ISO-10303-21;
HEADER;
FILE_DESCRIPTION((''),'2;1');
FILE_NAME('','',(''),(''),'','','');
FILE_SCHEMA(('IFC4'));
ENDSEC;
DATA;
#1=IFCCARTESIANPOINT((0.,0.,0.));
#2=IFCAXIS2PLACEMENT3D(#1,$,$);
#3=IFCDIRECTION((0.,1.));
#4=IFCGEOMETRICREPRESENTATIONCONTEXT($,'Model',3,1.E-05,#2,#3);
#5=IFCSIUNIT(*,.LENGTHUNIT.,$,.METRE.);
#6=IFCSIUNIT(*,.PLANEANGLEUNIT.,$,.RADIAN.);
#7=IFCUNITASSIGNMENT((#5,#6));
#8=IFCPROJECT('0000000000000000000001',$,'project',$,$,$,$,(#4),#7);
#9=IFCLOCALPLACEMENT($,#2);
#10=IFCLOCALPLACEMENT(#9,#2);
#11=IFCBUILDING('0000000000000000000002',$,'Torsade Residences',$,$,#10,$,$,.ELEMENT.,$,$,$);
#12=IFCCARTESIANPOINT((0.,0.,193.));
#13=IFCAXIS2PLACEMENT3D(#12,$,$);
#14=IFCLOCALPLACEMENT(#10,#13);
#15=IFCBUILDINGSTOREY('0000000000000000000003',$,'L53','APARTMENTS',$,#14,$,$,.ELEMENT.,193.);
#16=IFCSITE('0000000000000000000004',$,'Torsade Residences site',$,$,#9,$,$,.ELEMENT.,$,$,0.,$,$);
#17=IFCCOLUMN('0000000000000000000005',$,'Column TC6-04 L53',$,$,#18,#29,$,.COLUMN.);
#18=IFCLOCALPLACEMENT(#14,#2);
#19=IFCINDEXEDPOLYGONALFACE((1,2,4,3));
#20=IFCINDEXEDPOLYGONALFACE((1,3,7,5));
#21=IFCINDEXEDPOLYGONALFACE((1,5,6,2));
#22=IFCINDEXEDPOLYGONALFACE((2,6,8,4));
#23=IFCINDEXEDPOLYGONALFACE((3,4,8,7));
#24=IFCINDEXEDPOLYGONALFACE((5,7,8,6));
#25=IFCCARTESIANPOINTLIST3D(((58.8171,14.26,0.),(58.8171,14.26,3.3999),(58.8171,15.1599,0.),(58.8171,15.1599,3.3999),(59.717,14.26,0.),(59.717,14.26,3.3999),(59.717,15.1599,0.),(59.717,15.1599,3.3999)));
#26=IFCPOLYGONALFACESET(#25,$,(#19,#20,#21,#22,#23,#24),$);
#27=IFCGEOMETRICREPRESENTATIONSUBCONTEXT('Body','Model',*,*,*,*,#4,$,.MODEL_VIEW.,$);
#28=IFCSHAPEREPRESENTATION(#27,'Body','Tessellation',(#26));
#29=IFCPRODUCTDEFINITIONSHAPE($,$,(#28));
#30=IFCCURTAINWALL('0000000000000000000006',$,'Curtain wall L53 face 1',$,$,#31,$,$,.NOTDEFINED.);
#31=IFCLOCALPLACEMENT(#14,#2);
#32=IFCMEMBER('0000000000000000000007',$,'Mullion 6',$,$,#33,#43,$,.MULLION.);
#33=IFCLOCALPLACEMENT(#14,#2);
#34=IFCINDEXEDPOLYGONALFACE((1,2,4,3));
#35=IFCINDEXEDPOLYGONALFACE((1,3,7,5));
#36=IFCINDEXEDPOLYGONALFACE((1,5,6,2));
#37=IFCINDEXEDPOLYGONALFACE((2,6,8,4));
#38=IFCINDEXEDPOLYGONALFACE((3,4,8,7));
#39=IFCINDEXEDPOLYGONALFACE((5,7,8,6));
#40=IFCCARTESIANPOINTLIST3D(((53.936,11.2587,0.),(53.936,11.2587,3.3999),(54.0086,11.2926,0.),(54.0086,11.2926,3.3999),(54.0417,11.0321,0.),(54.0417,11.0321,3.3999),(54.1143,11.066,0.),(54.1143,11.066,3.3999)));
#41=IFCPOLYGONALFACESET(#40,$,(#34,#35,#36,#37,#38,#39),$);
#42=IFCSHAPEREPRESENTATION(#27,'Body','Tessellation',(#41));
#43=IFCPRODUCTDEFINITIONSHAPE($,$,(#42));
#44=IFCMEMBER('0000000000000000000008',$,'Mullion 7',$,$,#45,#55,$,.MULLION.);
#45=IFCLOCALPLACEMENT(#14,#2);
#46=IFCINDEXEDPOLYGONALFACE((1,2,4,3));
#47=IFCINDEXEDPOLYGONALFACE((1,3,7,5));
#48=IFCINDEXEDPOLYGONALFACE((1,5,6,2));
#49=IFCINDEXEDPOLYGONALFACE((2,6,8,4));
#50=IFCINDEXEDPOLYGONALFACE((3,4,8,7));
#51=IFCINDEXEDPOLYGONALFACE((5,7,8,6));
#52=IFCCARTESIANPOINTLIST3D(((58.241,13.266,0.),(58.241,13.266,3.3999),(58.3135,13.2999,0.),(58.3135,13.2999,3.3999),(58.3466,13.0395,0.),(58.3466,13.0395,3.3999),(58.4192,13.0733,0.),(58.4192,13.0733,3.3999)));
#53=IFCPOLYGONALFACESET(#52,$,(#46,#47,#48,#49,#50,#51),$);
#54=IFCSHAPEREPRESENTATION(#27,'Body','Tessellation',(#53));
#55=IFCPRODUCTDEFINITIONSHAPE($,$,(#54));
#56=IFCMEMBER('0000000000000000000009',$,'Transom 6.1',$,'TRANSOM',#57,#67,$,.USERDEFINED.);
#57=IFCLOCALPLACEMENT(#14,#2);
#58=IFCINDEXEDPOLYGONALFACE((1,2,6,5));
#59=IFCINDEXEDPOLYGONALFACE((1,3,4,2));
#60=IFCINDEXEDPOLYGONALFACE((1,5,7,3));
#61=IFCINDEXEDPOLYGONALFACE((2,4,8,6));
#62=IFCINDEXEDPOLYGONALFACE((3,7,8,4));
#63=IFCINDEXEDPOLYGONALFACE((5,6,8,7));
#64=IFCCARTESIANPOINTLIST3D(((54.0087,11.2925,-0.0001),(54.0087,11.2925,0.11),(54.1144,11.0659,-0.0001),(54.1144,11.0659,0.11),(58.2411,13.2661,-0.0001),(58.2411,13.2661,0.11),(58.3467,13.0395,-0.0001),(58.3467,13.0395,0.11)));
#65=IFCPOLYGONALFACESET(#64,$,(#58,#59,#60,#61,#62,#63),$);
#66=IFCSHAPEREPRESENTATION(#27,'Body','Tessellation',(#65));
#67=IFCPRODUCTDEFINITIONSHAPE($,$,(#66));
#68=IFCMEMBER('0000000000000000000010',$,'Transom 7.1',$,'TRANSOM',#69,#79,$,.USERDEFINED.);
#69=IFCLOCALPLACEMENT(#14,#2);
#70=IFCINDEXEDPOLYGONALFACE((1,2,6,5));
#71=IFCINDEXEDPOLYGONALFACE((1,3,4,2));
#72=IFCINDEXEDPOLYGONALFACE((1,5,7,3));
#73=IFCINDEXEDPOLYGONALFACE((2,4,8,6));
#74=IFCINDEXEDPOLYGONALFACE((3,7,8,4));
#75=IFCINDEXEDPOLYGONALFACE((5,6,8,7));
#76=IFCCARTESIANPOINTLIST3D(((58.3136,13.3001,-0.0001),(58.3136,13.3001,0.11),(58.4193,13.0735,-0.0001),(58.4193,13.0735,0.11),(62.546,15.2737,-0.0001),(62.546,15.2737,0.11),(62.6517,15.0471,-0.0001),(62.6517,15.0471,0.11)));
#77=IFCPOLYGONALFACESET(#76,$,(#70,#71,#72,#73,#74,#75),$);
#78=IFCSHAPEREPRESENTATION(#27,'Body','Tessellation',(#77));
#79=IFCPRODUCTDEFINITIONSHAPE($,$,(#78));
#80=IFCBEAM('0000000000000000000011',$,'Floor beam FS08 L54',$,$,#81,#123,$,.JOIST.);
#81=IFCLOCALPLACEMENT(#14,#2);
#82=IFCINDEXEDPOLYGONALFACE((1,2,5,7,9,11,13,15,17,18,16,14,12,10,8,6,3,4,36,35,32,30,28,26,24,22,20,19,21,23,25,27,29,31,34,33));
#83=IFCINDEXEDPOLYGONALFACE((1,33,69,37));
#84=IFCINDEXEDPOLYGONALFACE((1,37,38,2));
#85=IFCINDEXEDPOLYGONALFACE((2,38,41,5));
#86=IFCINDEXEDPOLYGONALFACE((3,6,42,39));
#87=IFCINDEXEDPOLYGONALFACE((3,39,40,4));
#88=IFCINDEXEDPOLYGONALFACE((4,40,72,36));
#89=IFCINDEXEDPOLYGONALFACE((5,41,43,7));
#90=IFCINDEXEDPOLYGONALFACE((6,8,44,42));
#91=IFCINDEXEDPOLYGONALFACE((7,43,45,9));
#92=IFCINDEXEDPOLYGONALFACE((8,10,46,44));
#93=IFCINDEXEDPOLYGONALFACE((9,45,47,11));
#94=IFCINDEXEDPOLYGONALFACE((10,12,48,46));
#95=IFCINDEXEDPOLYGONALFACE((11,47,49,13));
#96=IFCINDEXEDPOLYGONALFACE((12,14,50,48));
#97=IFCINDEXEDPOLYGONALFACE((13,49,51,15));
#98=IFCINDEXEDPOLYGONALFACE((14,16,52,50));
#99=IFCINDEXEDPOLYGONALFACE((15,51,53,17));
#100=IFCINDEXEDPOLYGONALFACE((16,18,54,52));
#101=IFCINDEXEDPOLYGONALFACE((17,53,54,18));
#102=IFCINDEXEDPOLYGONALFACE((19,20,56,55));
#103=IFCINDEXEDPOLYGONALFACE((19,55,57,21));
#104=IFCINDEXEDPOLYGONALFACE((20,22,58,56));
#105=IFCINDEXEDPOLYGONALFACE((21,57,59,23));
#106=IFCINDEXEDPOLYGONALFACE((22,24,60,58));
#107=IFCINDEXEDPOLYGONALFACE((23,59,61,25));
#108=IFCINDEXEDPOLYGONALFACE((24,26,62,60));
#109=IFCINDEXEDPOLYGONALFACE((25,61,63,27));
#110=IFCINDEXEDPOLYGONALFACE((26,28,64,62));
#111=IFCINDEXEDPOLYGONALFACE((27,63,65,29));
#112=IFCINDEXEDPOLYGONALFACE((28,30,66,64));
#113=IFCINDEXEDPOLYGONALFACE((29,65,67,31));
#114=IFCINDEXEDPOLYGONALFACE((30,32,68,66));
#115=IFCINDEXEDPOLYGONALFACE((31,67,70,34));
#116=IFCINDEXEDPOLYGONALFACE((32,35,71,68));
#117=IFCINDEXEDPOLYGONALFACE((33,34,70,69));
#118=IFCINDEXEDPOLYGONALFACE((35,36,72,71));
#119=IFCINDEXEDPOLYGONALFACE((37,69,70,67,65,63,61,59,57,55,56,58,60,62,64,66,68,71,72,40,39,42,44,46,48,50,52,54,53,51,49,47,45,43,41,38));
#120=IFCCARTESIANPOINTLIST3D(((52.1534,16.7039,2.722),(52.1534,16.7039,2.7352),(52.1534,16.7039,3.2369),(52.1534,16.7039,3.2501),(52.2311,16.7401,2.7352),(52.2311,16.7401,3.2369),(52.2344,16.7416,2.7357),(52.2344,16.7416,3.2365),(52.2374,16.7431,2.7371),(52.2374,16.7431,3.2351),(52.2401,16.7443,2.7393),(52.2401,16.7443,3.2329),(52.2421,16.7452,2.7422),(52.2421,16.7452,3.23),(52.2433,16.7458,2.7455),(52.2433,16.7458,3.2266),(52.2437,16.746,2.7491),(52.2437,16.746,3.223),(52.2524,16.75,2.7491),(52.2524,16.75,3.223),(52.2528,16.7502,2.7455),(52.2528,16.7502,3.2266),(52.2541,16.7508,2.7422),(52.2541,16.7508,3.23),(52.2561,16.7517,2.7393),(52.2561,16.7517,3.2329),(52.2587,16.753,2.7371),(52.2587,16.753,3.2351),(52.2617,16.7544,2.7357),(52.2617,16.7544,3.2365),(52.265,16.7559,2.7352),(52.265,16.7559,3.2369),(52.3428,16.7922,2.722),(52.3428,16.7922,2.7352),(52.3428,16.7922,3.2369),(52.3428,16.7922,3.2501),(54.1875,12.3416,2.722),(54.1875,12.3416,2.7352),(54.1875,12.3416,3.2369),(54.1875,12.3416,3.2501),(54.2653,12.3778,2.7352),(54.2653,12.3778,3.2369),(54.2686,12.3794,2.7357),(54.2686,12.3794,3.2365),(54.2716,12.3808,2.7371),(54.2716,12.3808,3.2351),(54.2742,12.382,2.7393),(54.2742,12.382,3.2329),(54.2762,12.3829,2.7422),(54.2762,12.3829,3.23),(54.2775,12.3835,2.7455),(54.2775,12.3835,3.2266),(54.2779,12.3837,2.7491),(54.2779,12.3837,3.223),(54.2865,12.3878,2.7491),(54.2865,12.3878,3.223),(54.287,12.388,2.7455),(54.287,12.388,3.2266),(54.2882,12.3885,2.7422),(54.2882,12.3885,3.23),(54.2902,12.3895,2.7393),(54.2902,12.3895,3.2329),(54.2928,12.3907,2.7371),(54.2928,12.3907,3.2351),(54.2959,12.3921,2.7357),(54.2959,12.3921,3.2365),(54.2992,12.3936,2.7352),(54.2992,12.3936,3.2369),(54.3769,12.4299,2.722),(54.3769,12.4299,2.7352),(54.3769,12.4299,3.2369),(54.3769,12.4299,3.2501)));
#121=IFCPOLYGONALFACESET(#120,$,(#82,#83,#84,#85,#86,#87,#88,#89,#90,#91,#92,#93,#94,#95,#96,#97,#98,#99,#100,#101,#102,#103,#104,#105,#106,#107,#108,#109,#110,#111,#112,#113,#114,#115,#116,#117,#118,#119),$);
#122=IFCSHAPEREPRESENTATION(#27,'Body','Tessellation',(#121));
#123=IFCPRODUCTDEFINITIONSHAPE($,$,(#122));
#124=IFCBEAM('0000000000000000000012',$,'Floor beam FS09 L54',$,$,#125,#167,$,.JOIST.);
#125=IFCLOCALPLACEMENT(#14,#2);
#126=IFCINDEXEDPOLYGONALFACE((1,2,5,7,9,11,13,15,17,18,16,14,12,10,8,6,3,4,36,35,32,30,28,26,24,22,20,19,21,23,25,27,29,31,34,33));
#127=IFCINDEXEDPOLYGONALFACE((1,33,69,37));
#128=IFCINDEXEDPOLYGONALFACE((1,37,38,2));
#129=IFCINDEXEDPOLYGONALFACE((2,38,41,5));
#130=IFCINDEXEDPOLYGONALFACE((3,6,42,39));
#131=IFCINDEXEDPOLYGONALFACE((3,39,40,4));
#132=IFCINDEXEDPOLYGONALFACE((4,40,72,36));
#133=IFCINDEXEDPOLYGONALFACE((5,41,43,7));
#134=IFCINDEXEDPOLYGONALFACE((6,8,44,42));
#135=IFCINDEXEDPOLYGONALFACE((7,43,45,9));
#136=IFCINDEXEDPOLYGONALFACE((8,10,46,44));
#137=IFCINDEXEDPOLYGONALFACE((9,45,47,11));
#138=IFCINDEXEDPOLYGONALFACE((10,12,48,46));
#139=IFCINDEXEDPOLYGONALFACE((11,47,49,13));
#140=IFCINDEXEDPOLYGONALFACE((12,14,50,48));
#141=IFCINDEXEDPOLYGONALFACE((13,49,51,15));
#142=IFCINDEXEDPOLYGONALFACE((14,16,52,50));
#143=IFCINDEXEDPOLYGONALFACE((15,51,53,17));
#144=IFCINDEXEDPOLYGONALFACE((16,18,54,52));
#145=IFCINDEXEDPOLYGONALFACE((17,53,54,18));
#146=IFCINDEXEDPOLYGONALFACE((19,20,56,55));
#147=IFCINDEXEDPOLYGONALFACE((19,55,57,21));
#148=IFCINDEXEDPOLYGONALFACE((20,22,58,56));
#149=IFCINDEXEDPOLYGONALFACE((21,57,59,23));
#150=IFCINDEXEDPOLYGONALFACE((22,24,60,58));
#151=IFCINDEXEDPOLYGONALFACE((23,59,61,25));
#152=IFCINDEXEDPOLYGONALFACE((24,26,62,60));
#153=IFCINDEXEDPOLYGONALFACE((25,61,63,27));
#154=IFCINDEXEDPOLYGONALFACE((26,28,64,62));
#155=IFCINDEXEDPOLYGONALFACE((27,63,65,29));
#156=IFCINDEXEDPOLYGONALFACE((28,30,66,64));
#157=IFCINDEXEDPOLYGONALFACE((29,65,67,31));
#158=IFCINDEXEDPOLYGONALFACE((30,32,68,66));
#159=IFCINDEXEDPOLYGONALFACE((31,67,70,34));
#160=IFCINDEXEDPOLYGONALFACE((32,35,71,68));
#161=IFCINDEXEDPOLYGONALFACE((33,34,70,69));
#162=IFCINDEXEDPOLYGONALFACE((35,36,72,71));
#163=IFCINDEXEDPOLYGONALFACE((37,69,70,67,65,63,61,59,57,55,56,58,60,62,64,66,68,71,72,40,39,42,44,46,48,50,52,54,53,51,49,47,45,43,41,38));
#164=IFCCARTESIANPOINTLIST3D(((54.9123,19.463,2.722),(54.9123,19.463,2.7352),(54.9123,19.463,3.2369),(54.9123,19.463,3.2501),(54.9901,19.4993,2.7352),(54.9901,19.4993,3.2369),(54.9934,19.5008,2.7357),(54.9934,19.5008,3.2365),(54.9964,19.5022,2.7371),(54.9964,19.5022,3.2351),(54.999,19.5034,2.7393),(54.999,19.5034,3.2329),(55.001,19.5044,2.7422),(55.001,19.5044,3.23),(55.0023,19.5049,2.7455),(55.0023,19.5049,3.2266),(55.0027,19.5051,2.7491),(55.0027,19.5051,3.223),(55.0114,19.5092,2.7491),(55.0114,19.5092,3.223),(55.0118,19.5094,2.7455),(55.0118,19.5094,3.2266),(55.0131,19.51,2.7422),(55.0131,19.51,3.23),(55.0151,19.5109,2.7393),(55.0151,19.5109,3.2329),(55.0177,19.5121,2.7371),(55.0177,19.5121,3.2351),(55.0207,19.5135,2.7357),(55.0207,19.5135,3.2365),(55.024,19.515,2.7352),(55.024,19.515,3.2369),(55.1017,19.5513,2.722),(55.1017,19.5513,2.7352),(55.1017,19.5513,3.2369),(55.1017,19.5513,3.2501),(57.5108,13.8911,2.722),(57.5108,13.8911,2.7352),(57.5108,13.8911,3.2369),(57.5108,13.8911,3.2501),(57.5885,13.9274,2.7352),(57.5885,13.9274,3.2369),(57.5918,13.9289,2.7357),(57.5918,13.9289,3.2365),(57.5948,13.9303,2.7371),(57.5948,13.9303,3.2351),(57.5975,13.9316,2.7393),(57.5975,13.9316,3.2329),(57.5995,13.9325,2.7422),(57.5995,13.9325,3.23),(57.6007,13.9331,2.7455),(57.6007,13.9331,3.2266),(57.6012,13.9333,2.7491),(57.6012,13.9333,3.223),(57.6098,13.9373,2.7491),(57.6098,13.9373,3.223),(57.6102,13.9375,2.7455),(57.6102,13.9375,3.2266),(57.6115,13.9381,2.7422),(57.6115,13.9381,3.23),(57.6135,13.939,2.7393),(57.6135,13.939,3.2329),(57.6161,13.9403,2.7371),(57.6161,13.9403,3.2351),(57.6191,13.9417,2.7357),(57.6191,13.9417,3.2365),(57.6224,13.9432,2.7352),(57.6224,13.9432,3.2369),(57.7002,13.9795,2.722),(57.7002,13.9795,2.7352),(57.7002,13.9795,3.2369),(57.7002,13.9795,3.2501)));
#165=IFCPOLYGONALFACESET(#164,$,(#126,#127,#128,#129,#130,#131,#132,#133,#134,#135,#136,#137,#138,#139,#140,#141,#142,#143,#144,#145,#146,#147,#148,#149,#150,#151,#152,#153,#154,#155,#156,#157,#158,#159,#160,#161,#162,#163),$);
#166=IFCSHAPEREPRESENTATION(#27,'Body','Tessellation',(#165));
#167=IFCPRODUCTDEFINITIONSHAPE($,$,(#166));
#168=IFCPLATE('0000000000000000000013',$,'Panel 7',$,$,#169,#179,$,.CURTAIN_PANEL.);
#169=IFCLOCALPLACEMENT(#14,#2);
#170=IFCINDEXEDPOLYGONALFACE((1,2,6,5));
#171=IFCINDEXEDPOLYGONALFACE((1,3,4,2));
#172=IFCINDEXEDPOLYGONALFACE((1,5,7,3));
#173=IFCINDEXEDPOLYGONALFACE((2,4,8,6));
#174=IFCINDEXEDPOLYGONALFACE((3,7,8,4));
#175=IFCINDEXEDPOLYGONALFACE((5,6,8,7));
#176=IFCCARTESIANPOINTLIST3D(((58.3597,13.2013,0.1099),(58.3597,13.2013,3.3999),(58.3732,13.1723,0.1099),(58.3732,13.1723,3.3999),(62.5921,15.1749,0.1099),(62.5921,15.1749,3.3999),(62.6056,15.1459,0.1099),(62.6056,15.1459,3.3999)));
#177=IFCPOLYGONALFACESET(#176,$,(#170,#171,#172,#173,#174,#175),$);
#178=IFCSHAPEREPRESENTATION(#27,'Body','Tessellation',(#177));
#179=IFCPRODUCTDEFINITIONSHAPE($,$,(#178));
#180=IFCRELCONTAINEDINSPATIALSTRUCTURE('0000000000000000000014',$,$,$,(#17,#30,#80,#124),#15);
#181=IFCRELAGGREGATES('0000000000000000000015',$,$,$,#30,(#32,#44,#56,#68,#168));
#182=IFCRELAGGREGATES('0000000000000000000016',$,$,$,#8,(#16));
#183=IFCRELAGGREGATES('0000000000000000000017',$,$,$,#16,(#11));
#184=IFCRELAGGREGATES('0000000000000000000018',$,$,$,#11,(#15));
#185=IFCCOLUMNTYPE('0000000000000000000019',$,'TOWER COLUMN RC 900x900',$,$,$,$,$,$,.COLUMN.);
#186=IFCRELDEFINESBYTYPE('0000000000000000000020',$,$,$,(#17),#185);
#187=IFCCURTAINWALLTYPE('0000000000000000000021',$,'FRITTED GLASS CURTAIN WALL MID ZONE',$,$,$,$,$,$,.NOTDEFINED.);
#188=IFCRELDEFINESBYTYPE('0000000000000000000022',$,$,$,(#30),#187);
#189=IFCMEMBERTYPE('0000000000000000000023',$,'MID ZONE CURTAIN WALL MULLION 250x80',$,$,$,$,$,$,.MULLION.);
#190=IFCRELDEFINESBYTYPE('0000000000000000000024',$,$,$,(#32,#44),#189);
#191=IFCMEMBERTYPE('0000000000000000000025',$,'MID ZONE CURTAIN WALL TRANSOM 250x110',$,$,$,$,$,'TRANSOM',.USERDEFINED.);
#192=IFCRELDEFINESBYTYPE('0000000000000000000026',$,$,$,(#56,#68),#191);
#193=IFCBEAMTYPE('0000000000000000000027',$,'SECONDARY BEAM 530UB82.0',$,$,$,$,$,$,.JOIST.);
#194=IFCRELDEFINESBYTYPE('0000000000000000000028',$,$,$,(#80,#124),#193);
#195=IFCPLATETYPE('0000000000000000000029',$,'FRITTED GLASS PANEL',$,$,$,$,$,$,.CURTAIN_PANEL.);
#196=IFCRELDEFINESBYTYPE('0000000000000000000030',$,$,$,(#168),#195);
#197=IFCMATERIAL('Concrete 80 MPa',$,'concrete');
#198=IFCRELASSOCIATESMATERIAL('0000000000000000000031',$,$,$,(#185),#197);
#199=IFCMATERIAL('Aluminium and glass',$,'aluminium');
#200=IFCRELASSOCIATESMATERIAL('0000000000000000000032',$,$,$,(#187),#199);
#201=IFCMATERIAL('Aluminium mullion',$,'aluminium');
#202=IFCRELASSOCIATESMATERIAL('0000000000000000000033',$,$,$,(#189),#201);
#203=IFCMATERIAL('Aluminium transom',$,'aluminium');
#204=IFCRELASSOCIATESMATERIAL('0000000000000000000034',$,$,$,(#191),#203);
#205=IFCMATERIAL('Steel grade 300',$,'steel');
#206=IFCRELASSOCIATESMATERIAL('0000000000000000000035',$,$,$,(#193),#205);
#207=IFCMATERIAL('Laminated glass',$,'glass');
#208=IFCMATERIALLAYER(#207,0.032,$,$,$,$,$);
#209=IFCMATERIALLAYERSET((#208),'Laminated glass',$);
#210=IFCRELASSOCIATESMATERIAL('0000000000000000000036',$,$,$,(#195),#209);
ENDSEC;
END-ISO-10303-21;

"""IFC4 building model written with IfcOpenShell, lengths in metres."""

from ifc_helpers import new_model, si_unit, direction, frame, origin, origin_2d, place, context, subcontext, project, spatial, rectangle, i_section, extrude, material, layer, layer_set, material_profile, profile_set, type_object, element, aggregate, save


model = new_model("IFC4")

# Units and contexts
model_context = context("Model", 3, precision=1e-05, world=origin(), true_north=direction((0.0, 1.0)))
body_context = subcontext(model_context, "Body", "Model", "MODEL_VIEW")
ifc_project = project(units=[si_unit("LENGTHUNIT", "METRE"), si_unit("PLANEANGLEUNIT", "RADIAN")], contexts=[model_context])

# Site, building, storey
site_placement = place(None, origin())
site = spatial("IfcSite", under=ifc_project, at=site_placement, Name="Torsade Residences site", CompositionType="ELEMENT", RefElevation=0.0)
building_placement = place(site_placement, origin())
building = spatial("IfcBuilding", under=site, at=building_placement, Name="Torsade Residences", CompositionType="ELEMENT")
storey_placement = place(building_placement, frame((0.0, 0.0, 193.0)))
storey = spatial("IfcBuildingStorey", under=building, at=storey_placement, Name="L53", Description="APARTMENTS", CompositionType="ELEMENT", Elevation=193.0)

# Column
ifc_material_1 = material(Name="Concrete 80 MPa", Category="concrete")
ifc_material_profile_1 = material_profile(ifc_material_1, rectangle(XDim=0.8999, YDim=0.8999, at=origin_2d()), Name="RC 900x900")
ifc_profile_set_1 = profile_set([ifc_material_profile_1], Name="Concrete 80 MPa")
column_type = type_object("IfcColumnType", Name="TOWER COLUMN RC 900x900", PredefinedType="COLUMN", material=ifc_profile_set_1)
column_placement = place(storey_placement, frame((59.2671, 14.71, 0.0), z_axis=(0.0, 0.0, 1.0), x_axis=(1.0, 0.0, 0.0)))
element("IfcColumn", 1, at=column_placement, inside=storey, type_object=column_type, Name="Column TC6-04 L53", PredefinedType="COLUMN", context=body_context, shape_type="SweptSolid", body=[
    extrude(rectangle(XDim=0.8999, YDim=0.8999, at=origin_2d()), origin(), (0.0, 0.0, 1.0), 3.3999),
])

# Curtain wall, members
ifc_material_2 = material(Name="Aluminium and glass", Category="aluminium")
curtain_wall_type = type_object("IfcCurtainWallType", Name="FRITTED GLASS CURTAIN WALL MID ZONE", PredefinedType="NOTDEFINED", material=ifc_material_2)
curtain_wall_placement = place(storey_placement, origin())
curtain_wall = element("IfcCurtainWall", 2, at=curtain_wall_placement, inside=storey, type_object=curtain_wall_type, Name="Curtain wall L53 face 1", PredefinedType="NOTDEFINED")
ifc_material_3 = material(Name="Aluminium mullion", Category="aluminium")
ifc_material_profile_2 = material_profile(ifc_material_3, rectangle(XDim=0.25, YDim=0.0801, at=origin_2d()), Name="MID ZONE CURTAIN WALL MULLION 250x80")
ifc_profile_set_2 = profile_set([ifc_material_profile_2], Name="Aluminium mullion")
member_type_1 = type_object("IfcMemberType", Name="MID ZONE CURTAIN WALL MULLION 250x80", PredefinedType="MULLION", material=ifc_profile_set_2)
member_1_placement = place(storey_placement, frame((54.0251, 11.1624, 0.0), z_axis=(0.0, 0.0, 1.0), x_axis=(-0.422618, 0.906308, 0.0)))
member_1 = element("IfcMember", 3, at=member_1_placement, type_object=member_type_1, Name="Mullion 6", PredefinedType="MULLION", context=body_context, shape_type="SweptSolid", body=[
    extrude(rectangle(XDim=0.25, YDim=0.0801, at=origin_2d()), origin(), (0.0, 0.0, 1.0), 3.3999),
])
member_2_placement = place(storey_placement, frame((58.3301, 13.1697, 0.0), z_axis=(0.0, 0.0, 1.0), x_axis=(-0.422618, 0.906308, 0.0)))
member_2 = element("IfcMember", 4, at=member_2_placement, type_object=member_type_1, Name="Mullion 7", PredefinedType="MULLION", context=body_context, shape_type="SweptSolid", body=[
    extrude(rectangle(XDim=0.25, YDim=0.0801, at=origin_2d()), origin(), (0.0, 0.0, 1.0), 3.3999),
])
ifc_material_4 = material(Name="Aluminium transom", Category="aluminium")
ifc_material_profile_3 = material_profile(ifc_material_4, rectangle(XDim=0.25, YDim=0.1101, at=origin_2d()), Name="MID ZONE CURTAIN WALL TRANSOM 250x110")
ifc_profile_set_3 = profile_set([ifc_material_profile_3], Name="Aluminium transom")
member_type_2 = type_object("IfcMemberType", Name="MID ZONE CURTAIN WALL TRANSOM 250x110", ElementType="TRANSOM", PredefinedType="USERDEFINED", material=ifc_profile_set_3)
member_3_placement = place(storey_placement, frame((54.0615, 11.1792, 0.0549), z_axis=(0.906306, 0.422622, 0.0), x_axis=(-0.422622, 0.906306, 0.0)))
member_3 = element("IfcMember", 5, at=member_3_placement, type_object=member_type_2, Name="Transom 6.1", ObjectType="TRANSOM", PredefinedType="USERDEFINED", context=body_context, shape_type="SweptSolid", body=[
    extrude(rectangle(XDim=0.25, YDim=0.1101, at=origin_2d()), origin(), (0.0, 0.0, 1.0), 4.6699),
])
member_4_placement = place(storey_placement, frame((58.3665, 13.1868, 0.0549), z_axis=(0.906306, 0.422622, 0.0), x_axis=(-0.422622, 0.906306, 0.0)))
member_4 = element("IfcMember", 6, at=member_4_placement, type_object=member_type_2, Name="Transom 7.1", ObjectType="TRANSOM", PredefinedType="USERDEFINED", context=body_context, shape_type="SweptSolid", body=[
    extrude(rectangle(XDim=0.25, YDim=0.1101, at=origin_2d()), origin(), (0.0, 0.0, 1.0), 4.6699),
])

# Beams
ifc_material_5 = material(Name="Steel grade 300", Category="steel")
ifc_material_profile_4 = material_profile(ifc_material_5, i_section(OverallWidth=0.209, OverallDepth=0.5281, WebThickness=0.0095, FlangeThickness=0.0132, FilletRadius=0.0139, at=origin_2d()), Name="530UB82.0")
ifc_profile_set_4 = profile_set([ifc_material_profile_4], Name="Steel grade 300")
beam_type = type_object("IfcBeamType", Name="SECONDARY BEAM 530UB82.0", PredefinedType="JOIST", material=ifc_profile_set_4)
beam_1_placement = place(storey_placement, frame((54.2822, 12.3857, 2.9861), z_axis=(-0.422619, 0.906308, 0.0), x_axis=(-0.906308, -0.422619, 0.0)))
element("IfcBeam", 7, at=beam_1_placement, inside=storey, type_object=beam_type, Name="Floor beam FS08 L54", PredefinedType="JOIST", context=body_context, shape_type="SweptSolid", body=[
    extrude(i_section(OverallWidth=0.209, OverallDepth=0.5281, WebThickness=0.0095, FlangeThickness=0.0132, FilletRadius=0.0139, at=origin_2d()), origin(), (0.0, 0.0, 1.0), 4.8132),
])
beam_2_placement = place(storey_placement, frame((57.6055, 13.9353, 2.9861), z_axis=(-0.422648, 0.906294, 0.0), x_axis=(-0.906294, -0.422648, 0.0)))
element("IfcBeam", 8, at=beam_2_placement, inside=storey, type_object=beam_type, Name="Floor beam FS09 L54", PredefinedType="JOIST", context=body_context, shape_type="SweptSolid", body=[
    extrude(i_section(OverallWidth=0.209, OverallDepth=0.5281, WebThickness=0.0095, FlangeThickness=0.0132, FilletRadius=0.0139, at=origin_2d()), origin(), (0.0, 0.0, 1.0), 6.1479),
])

# Plate
ifc_material_6 = material(Name="Laminated glass", Category="glass")
ifc_layer_1 = layer(ifc_material_6, 0.032)
ifc_layer_set_1 = layer_set([ifc_layer_1], Name="Laminated glass")
plate_type_1 = type_object("IfcPlateType", Name="FRITTED GLASS PANEL", PredefinedType="CURTAIN_PANEL", material=ifc_layer_set_1)
plate_1_placement = place(storey_placement, frame((60.4827, 14.1736, 0.1099), z_axis=(0.0, 0.0, 1.0), x_axis=(0.906308, 0.422618, 0.0)))
plate_1 = element("IfcPlate", 9, at=plate_1_placement, type_object=plate_type_1, Name="Panel 7", PredefinedType="CURTAIN_PANEL", context=body_context, shape_type="SweptSolid", body=[
    extrude(rectangle(XDim=4.6699, YDim=0.032, at=origin_2d()), origin(), (0.0, 0.0, 1.0), 3.29),
])
aggregate(curtain_wall, [member_1, member_2, member_3, member_4, plate_1])

save(model, "model.ifc")
